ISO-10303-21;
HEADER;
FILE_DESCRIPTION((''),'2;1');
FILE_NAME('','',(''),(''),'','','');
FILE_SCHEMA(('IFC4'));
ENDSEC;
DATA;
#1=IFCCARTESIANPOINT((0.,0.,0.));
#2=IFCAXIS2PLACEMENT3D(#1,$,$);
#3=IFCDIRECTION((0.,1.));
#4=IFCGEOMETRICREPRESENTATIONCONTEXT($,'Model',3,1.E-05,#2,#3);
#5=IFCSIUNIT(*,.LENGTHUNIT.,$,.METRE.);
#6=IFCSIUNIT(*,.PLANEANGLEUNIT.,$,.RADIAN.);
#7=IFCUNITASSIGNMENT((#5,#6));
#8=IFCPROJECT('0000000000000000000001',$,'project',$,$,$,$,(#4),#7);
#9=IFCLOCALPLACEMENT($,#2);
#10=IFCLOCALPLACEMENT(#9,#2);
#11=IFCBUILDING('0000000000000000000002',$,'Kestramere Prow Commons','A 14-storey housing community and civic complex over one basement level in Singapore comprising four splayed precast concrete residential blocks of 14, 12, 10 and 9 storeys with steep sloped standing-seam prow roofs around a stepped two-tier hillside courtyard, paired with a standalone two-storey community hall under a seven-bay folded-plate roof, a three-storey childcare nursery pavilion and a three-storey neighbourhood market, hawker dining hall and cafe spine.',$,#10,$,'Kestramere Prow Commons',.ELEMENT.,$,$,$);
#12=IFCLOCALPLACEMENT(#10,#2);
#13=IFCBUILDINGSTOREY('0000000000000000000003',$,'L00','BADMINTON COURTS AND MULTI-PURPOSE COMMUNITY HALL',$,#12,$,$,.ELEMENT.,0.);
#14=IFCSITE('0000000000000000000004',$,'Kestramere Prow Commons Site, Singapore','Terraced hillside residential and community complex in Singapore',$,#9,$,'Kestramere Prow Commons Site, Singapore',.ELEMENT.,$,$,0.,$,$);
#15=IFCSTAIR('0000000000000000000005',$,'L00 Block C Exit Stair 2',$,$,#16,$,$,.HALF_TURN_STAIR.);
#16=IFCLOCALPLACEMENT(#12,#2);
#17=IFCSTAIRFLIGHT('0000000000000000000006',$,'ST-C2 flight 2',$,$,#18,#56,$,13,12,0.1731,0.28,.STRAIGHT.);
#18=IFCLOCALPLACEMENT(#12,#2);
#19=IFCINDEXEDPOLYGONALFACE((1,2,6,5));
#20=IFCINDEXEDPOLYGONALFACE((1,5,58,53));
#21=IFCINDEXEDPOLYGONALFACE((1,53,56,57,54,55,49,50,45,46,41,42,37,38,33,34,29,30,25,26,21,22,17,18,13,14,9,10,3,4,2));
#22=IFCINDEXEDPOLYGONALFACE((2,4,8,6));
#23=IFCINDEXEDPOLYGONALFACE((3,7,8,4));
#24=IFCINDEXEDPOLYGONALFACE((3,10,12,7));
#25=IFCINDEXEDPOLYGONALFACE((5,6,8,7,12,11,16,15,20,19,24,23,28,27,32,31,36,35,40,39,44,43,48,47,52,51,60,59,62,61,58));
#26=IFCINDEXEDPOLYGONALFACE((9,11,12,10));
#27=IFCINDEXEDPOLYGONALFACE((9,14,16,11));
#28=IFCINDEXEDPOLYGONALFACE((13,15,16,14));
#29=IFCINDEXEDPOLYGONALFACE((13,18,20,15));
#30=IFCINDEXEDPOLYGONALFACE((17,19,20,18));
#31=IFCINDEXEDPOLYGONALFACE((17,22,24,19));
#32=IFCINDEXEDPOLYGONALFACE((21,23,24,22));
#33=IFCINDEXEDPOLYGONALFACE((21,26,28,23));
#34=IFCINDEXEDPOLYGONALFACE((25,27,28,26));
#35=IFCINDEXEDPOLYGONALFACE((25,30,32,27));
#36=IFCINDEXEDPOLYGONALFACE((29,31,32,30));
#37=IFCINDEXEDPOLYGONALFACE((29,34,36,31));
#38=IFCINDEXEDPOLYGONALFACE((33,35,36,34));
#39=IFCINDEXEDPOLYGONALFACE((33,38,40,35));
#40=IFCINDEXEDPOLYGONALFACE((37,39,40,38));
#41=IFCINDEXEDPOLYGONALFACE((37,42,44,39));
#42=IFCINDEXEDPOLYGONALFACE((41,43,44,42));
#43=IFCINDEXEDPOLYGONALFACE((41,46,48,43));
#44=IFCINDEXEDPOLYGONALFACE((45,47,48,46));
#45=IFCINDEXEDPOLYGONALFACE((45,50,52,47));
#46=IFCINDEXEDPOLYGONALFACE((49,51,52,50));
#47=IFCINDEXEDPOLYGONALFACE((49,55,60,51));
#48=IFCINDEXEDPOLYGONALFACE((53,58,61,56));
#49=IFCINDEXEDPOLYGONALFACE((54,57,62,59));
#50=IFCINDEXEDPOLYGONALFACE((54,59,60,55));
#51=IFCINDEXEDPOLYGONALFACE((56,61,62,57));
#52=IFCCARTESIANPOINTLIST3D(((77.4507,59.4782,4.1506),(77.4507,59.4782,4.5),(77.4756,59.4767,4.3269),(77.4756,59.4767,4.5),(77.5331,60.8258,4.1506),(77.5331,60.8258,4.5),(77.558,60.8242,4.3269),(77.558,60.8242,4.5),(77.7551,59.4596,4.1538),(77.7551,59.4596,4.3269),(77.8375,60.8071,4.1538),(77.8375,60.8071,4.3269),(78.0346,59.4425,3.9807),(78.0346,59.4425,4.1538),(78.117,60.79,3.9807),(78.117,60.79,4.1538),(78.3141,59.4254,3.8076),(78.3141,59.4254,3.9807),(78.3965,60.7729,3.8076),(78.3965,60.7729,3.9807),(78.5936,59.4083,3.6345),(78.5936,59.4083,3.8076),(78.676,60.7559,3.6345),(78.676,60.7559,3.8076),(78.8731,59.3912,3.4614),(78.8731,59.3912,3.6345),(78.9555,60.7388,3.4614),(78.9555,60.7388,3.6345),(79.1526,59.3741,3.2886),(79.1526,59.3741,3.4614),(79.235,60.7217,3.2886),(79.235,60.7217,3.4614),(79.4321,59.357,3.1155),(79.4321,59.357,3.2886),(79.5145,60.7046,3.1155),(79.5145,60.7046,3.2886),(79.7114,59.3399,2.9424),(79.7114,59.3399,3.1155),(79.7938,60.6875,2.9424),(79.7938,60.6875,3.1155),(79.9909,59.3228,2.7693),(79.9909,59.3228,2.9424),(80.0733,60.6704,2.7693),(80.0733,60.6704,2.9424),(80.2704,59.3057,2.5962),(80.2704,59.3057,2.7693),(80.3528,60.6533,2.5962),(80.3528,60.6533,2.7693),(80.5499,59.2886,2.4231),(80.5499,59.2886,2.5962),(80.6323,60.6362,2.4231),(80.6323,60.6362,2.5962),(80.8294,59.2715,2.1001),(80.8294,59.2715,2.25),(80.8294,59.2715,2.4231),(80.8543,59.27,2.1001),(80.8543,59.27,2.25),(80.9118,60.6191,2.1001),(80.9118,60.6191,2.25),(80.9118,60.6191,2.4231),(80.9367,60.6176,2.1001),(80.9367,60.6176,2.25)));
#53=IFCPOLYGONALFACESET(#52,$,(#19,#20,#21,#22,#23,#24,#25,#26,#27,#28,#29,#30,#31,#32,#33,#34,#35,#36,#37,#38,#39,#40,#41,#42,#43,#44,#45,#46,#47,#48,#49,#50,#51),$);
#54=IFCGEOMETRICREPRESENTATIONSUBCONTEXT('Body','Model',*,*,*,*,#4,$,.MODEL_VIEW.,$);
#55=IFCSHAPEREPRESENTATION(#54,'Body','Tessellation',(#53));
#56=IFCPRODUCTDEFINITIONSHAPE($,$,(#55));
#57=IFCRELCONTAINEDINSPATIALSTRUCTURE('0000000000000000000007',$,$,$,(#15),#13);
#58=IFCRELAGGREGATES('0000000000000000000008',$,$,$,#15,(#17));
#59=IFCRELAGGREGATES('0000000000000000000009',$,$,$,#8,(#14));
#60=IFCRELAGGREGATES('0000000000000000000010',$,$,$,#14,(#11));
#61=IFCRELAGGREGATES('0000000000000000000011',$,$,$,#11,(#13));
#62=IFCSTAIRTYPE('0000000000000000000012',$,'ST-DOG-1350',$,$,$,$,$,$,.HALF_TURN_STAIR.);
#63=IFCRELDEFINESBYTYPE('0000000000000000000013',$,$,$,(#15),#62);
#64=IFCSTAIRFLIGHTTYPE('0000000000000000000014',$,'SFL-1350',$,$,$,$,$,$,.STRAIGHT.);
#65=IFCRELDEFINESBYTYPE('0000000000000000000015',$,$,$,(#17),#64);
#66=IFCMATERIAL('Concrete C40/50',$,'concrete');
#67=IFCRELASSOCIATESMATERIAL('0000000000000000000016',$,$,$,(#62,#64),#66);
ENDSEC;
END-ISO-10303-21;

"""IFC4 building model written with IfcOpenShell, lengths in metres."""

from ifc_helpers import new_model, si_unit, direction, frame, origin, place, context, subcontext, project, spatial, polyline, outline, extrude, material, type_object, element, aggregate, save


model = new_model("IFC4")

# Units and contexts
model_context = context("Model", 3, precision=1e-05, world=origin(), true_north=direction((0.0, 1.0)))
body_context = subcontext(model_context, "Body", "Model", "MODEL_VIEW")
ifc_project = project(units=[si_unit("LENGTHUNIT", "METRE"), si_unit("PLANEANGLEUNIT", "RADIAN")], contexts=[model_context])

# Site, building, storey
site_placement = place(None, origin())
site = spatial("IfcSite", under=ifc_project, at=site_placement, Name="Kestramere Prow Commons Site, Singapore", Description="Terraced hillside residential and community complex in Singapore", LongName="Kestramere Prow Commons Site, Singapore", CompositionType="ELEMENT", RefElevation=0.0)
building_placement = place(site_placement, origin())
building = spatial("IfcBuilding", under=site, at=building_placement, Name="Kestramere Prow Commons", Description="A 14-storey housing community and civic complex over one basement level in Singapore comprising four splayed precast concrete residential blocks of 14, 12, 10 and 9 storeys with steep sloped standing-seam prow roofs around a stepped two-tier hillside courtyard, paired with a standalone two-storey community hall under a seven-bay folded-plate roof, a three-storey childcare nursery pavilion and a three-storey neighbourhood market, hawker dining hall and cafe spine.", LongName="Kestramere Prow Commons", CompositionType="ELEMENT")
storey_placement = place(building_placement, origin())
storey = spatial("IfcBuildingStorey", under=building, at=storey_placement, Name="L00", Description="BADMINTON COURTS AND MULTI-PURPOSE COMMUNITY HALL", CompositionType="ELEMENT", Elevation=0.0)

# Shared definitions
ifc_material_1 = material(Name="Concrete C40/50", Category="concrete")

# Stair, stair flight
stair_type = type_object("IfcStairType", Name="ST-DOG-1350", PredefinedType="HALF_TURN_STAIR", material=ifc_material_1)
stair_placement = place(storey_placement, origin())
stair = element("IfcStair", 1, at=stair_placement, inside=storey, type_object=stair_type, Name="L00 Block C Exit Stair 2", PredefinedType="HALF_TURN_STAIR")
stair_flight_type = type_object("IfcStairFlightType", Name="SFL-1350", PredefinedType="STRAIGHT", material=ifc_material_1)
stair_flight_1_placement = place(storey_placement, frame((80.8706, 59.9453, 2.25), z_axis=(0.0, 0.0, 1.0), x_axis=(-0.998135, 0.061049, 0.0)))
stair_flight_1 = element("IfcStairFlight", 2, at=stair_flight_1_placement, type_object=stair_flight_type, Name="ST-C2 flight 2", NumberOfRisers=13, NumberOfTreads=12, PredefinedType="STRAIGHT", RiserHeight=0.1731, TreadLength=0.28, context=body_context, shape_type="SweptSolid", body=[
    extrude(outline(polyline([(-0.0249, 0.0), (0.0, 0.0), (0.0, 0.1731), (0.28, 0.1731), (0.28, 0.3462), (0.5601, 0.3462), (0.5601, 0.5193), (0.8401, 0.5193), (0.8401, 0.6924), (1.1201, 0.6924), (1.1201, 0.8655), (1.3999, 0.8655), (1.3999, 1.0386), (1.6799, 1.0386), (1.6799, 1.2114), (1.96, 1.2114), (1.96, 1.3845), (2.24, 1.3845), (2.24, 1.5576), (2.52, 1.5576), (2.52, 1.7307), (2.8, 1.7307), (2.8, 1.9038), (3.0801, 1.9038), (3.0801, 2.0769), (3.3601, 2.0769), (3.3601, 2.25), (3.385, 2.25), (3.385, 1.9006), (0.0, -0.1499), (-0.0249, -0.1499), (-0.0249, 0.0)])), frame((0.0, 0.675, 0.0), z_axis=(0.0, -1.0, 0.0), x_axis=(1.0, 0.0, 0.0)), (0.0, 0.0, 1.0), 1.3501),
])
aggregate(stair, [stair_flight_1])

save(model, "model.ifc")
